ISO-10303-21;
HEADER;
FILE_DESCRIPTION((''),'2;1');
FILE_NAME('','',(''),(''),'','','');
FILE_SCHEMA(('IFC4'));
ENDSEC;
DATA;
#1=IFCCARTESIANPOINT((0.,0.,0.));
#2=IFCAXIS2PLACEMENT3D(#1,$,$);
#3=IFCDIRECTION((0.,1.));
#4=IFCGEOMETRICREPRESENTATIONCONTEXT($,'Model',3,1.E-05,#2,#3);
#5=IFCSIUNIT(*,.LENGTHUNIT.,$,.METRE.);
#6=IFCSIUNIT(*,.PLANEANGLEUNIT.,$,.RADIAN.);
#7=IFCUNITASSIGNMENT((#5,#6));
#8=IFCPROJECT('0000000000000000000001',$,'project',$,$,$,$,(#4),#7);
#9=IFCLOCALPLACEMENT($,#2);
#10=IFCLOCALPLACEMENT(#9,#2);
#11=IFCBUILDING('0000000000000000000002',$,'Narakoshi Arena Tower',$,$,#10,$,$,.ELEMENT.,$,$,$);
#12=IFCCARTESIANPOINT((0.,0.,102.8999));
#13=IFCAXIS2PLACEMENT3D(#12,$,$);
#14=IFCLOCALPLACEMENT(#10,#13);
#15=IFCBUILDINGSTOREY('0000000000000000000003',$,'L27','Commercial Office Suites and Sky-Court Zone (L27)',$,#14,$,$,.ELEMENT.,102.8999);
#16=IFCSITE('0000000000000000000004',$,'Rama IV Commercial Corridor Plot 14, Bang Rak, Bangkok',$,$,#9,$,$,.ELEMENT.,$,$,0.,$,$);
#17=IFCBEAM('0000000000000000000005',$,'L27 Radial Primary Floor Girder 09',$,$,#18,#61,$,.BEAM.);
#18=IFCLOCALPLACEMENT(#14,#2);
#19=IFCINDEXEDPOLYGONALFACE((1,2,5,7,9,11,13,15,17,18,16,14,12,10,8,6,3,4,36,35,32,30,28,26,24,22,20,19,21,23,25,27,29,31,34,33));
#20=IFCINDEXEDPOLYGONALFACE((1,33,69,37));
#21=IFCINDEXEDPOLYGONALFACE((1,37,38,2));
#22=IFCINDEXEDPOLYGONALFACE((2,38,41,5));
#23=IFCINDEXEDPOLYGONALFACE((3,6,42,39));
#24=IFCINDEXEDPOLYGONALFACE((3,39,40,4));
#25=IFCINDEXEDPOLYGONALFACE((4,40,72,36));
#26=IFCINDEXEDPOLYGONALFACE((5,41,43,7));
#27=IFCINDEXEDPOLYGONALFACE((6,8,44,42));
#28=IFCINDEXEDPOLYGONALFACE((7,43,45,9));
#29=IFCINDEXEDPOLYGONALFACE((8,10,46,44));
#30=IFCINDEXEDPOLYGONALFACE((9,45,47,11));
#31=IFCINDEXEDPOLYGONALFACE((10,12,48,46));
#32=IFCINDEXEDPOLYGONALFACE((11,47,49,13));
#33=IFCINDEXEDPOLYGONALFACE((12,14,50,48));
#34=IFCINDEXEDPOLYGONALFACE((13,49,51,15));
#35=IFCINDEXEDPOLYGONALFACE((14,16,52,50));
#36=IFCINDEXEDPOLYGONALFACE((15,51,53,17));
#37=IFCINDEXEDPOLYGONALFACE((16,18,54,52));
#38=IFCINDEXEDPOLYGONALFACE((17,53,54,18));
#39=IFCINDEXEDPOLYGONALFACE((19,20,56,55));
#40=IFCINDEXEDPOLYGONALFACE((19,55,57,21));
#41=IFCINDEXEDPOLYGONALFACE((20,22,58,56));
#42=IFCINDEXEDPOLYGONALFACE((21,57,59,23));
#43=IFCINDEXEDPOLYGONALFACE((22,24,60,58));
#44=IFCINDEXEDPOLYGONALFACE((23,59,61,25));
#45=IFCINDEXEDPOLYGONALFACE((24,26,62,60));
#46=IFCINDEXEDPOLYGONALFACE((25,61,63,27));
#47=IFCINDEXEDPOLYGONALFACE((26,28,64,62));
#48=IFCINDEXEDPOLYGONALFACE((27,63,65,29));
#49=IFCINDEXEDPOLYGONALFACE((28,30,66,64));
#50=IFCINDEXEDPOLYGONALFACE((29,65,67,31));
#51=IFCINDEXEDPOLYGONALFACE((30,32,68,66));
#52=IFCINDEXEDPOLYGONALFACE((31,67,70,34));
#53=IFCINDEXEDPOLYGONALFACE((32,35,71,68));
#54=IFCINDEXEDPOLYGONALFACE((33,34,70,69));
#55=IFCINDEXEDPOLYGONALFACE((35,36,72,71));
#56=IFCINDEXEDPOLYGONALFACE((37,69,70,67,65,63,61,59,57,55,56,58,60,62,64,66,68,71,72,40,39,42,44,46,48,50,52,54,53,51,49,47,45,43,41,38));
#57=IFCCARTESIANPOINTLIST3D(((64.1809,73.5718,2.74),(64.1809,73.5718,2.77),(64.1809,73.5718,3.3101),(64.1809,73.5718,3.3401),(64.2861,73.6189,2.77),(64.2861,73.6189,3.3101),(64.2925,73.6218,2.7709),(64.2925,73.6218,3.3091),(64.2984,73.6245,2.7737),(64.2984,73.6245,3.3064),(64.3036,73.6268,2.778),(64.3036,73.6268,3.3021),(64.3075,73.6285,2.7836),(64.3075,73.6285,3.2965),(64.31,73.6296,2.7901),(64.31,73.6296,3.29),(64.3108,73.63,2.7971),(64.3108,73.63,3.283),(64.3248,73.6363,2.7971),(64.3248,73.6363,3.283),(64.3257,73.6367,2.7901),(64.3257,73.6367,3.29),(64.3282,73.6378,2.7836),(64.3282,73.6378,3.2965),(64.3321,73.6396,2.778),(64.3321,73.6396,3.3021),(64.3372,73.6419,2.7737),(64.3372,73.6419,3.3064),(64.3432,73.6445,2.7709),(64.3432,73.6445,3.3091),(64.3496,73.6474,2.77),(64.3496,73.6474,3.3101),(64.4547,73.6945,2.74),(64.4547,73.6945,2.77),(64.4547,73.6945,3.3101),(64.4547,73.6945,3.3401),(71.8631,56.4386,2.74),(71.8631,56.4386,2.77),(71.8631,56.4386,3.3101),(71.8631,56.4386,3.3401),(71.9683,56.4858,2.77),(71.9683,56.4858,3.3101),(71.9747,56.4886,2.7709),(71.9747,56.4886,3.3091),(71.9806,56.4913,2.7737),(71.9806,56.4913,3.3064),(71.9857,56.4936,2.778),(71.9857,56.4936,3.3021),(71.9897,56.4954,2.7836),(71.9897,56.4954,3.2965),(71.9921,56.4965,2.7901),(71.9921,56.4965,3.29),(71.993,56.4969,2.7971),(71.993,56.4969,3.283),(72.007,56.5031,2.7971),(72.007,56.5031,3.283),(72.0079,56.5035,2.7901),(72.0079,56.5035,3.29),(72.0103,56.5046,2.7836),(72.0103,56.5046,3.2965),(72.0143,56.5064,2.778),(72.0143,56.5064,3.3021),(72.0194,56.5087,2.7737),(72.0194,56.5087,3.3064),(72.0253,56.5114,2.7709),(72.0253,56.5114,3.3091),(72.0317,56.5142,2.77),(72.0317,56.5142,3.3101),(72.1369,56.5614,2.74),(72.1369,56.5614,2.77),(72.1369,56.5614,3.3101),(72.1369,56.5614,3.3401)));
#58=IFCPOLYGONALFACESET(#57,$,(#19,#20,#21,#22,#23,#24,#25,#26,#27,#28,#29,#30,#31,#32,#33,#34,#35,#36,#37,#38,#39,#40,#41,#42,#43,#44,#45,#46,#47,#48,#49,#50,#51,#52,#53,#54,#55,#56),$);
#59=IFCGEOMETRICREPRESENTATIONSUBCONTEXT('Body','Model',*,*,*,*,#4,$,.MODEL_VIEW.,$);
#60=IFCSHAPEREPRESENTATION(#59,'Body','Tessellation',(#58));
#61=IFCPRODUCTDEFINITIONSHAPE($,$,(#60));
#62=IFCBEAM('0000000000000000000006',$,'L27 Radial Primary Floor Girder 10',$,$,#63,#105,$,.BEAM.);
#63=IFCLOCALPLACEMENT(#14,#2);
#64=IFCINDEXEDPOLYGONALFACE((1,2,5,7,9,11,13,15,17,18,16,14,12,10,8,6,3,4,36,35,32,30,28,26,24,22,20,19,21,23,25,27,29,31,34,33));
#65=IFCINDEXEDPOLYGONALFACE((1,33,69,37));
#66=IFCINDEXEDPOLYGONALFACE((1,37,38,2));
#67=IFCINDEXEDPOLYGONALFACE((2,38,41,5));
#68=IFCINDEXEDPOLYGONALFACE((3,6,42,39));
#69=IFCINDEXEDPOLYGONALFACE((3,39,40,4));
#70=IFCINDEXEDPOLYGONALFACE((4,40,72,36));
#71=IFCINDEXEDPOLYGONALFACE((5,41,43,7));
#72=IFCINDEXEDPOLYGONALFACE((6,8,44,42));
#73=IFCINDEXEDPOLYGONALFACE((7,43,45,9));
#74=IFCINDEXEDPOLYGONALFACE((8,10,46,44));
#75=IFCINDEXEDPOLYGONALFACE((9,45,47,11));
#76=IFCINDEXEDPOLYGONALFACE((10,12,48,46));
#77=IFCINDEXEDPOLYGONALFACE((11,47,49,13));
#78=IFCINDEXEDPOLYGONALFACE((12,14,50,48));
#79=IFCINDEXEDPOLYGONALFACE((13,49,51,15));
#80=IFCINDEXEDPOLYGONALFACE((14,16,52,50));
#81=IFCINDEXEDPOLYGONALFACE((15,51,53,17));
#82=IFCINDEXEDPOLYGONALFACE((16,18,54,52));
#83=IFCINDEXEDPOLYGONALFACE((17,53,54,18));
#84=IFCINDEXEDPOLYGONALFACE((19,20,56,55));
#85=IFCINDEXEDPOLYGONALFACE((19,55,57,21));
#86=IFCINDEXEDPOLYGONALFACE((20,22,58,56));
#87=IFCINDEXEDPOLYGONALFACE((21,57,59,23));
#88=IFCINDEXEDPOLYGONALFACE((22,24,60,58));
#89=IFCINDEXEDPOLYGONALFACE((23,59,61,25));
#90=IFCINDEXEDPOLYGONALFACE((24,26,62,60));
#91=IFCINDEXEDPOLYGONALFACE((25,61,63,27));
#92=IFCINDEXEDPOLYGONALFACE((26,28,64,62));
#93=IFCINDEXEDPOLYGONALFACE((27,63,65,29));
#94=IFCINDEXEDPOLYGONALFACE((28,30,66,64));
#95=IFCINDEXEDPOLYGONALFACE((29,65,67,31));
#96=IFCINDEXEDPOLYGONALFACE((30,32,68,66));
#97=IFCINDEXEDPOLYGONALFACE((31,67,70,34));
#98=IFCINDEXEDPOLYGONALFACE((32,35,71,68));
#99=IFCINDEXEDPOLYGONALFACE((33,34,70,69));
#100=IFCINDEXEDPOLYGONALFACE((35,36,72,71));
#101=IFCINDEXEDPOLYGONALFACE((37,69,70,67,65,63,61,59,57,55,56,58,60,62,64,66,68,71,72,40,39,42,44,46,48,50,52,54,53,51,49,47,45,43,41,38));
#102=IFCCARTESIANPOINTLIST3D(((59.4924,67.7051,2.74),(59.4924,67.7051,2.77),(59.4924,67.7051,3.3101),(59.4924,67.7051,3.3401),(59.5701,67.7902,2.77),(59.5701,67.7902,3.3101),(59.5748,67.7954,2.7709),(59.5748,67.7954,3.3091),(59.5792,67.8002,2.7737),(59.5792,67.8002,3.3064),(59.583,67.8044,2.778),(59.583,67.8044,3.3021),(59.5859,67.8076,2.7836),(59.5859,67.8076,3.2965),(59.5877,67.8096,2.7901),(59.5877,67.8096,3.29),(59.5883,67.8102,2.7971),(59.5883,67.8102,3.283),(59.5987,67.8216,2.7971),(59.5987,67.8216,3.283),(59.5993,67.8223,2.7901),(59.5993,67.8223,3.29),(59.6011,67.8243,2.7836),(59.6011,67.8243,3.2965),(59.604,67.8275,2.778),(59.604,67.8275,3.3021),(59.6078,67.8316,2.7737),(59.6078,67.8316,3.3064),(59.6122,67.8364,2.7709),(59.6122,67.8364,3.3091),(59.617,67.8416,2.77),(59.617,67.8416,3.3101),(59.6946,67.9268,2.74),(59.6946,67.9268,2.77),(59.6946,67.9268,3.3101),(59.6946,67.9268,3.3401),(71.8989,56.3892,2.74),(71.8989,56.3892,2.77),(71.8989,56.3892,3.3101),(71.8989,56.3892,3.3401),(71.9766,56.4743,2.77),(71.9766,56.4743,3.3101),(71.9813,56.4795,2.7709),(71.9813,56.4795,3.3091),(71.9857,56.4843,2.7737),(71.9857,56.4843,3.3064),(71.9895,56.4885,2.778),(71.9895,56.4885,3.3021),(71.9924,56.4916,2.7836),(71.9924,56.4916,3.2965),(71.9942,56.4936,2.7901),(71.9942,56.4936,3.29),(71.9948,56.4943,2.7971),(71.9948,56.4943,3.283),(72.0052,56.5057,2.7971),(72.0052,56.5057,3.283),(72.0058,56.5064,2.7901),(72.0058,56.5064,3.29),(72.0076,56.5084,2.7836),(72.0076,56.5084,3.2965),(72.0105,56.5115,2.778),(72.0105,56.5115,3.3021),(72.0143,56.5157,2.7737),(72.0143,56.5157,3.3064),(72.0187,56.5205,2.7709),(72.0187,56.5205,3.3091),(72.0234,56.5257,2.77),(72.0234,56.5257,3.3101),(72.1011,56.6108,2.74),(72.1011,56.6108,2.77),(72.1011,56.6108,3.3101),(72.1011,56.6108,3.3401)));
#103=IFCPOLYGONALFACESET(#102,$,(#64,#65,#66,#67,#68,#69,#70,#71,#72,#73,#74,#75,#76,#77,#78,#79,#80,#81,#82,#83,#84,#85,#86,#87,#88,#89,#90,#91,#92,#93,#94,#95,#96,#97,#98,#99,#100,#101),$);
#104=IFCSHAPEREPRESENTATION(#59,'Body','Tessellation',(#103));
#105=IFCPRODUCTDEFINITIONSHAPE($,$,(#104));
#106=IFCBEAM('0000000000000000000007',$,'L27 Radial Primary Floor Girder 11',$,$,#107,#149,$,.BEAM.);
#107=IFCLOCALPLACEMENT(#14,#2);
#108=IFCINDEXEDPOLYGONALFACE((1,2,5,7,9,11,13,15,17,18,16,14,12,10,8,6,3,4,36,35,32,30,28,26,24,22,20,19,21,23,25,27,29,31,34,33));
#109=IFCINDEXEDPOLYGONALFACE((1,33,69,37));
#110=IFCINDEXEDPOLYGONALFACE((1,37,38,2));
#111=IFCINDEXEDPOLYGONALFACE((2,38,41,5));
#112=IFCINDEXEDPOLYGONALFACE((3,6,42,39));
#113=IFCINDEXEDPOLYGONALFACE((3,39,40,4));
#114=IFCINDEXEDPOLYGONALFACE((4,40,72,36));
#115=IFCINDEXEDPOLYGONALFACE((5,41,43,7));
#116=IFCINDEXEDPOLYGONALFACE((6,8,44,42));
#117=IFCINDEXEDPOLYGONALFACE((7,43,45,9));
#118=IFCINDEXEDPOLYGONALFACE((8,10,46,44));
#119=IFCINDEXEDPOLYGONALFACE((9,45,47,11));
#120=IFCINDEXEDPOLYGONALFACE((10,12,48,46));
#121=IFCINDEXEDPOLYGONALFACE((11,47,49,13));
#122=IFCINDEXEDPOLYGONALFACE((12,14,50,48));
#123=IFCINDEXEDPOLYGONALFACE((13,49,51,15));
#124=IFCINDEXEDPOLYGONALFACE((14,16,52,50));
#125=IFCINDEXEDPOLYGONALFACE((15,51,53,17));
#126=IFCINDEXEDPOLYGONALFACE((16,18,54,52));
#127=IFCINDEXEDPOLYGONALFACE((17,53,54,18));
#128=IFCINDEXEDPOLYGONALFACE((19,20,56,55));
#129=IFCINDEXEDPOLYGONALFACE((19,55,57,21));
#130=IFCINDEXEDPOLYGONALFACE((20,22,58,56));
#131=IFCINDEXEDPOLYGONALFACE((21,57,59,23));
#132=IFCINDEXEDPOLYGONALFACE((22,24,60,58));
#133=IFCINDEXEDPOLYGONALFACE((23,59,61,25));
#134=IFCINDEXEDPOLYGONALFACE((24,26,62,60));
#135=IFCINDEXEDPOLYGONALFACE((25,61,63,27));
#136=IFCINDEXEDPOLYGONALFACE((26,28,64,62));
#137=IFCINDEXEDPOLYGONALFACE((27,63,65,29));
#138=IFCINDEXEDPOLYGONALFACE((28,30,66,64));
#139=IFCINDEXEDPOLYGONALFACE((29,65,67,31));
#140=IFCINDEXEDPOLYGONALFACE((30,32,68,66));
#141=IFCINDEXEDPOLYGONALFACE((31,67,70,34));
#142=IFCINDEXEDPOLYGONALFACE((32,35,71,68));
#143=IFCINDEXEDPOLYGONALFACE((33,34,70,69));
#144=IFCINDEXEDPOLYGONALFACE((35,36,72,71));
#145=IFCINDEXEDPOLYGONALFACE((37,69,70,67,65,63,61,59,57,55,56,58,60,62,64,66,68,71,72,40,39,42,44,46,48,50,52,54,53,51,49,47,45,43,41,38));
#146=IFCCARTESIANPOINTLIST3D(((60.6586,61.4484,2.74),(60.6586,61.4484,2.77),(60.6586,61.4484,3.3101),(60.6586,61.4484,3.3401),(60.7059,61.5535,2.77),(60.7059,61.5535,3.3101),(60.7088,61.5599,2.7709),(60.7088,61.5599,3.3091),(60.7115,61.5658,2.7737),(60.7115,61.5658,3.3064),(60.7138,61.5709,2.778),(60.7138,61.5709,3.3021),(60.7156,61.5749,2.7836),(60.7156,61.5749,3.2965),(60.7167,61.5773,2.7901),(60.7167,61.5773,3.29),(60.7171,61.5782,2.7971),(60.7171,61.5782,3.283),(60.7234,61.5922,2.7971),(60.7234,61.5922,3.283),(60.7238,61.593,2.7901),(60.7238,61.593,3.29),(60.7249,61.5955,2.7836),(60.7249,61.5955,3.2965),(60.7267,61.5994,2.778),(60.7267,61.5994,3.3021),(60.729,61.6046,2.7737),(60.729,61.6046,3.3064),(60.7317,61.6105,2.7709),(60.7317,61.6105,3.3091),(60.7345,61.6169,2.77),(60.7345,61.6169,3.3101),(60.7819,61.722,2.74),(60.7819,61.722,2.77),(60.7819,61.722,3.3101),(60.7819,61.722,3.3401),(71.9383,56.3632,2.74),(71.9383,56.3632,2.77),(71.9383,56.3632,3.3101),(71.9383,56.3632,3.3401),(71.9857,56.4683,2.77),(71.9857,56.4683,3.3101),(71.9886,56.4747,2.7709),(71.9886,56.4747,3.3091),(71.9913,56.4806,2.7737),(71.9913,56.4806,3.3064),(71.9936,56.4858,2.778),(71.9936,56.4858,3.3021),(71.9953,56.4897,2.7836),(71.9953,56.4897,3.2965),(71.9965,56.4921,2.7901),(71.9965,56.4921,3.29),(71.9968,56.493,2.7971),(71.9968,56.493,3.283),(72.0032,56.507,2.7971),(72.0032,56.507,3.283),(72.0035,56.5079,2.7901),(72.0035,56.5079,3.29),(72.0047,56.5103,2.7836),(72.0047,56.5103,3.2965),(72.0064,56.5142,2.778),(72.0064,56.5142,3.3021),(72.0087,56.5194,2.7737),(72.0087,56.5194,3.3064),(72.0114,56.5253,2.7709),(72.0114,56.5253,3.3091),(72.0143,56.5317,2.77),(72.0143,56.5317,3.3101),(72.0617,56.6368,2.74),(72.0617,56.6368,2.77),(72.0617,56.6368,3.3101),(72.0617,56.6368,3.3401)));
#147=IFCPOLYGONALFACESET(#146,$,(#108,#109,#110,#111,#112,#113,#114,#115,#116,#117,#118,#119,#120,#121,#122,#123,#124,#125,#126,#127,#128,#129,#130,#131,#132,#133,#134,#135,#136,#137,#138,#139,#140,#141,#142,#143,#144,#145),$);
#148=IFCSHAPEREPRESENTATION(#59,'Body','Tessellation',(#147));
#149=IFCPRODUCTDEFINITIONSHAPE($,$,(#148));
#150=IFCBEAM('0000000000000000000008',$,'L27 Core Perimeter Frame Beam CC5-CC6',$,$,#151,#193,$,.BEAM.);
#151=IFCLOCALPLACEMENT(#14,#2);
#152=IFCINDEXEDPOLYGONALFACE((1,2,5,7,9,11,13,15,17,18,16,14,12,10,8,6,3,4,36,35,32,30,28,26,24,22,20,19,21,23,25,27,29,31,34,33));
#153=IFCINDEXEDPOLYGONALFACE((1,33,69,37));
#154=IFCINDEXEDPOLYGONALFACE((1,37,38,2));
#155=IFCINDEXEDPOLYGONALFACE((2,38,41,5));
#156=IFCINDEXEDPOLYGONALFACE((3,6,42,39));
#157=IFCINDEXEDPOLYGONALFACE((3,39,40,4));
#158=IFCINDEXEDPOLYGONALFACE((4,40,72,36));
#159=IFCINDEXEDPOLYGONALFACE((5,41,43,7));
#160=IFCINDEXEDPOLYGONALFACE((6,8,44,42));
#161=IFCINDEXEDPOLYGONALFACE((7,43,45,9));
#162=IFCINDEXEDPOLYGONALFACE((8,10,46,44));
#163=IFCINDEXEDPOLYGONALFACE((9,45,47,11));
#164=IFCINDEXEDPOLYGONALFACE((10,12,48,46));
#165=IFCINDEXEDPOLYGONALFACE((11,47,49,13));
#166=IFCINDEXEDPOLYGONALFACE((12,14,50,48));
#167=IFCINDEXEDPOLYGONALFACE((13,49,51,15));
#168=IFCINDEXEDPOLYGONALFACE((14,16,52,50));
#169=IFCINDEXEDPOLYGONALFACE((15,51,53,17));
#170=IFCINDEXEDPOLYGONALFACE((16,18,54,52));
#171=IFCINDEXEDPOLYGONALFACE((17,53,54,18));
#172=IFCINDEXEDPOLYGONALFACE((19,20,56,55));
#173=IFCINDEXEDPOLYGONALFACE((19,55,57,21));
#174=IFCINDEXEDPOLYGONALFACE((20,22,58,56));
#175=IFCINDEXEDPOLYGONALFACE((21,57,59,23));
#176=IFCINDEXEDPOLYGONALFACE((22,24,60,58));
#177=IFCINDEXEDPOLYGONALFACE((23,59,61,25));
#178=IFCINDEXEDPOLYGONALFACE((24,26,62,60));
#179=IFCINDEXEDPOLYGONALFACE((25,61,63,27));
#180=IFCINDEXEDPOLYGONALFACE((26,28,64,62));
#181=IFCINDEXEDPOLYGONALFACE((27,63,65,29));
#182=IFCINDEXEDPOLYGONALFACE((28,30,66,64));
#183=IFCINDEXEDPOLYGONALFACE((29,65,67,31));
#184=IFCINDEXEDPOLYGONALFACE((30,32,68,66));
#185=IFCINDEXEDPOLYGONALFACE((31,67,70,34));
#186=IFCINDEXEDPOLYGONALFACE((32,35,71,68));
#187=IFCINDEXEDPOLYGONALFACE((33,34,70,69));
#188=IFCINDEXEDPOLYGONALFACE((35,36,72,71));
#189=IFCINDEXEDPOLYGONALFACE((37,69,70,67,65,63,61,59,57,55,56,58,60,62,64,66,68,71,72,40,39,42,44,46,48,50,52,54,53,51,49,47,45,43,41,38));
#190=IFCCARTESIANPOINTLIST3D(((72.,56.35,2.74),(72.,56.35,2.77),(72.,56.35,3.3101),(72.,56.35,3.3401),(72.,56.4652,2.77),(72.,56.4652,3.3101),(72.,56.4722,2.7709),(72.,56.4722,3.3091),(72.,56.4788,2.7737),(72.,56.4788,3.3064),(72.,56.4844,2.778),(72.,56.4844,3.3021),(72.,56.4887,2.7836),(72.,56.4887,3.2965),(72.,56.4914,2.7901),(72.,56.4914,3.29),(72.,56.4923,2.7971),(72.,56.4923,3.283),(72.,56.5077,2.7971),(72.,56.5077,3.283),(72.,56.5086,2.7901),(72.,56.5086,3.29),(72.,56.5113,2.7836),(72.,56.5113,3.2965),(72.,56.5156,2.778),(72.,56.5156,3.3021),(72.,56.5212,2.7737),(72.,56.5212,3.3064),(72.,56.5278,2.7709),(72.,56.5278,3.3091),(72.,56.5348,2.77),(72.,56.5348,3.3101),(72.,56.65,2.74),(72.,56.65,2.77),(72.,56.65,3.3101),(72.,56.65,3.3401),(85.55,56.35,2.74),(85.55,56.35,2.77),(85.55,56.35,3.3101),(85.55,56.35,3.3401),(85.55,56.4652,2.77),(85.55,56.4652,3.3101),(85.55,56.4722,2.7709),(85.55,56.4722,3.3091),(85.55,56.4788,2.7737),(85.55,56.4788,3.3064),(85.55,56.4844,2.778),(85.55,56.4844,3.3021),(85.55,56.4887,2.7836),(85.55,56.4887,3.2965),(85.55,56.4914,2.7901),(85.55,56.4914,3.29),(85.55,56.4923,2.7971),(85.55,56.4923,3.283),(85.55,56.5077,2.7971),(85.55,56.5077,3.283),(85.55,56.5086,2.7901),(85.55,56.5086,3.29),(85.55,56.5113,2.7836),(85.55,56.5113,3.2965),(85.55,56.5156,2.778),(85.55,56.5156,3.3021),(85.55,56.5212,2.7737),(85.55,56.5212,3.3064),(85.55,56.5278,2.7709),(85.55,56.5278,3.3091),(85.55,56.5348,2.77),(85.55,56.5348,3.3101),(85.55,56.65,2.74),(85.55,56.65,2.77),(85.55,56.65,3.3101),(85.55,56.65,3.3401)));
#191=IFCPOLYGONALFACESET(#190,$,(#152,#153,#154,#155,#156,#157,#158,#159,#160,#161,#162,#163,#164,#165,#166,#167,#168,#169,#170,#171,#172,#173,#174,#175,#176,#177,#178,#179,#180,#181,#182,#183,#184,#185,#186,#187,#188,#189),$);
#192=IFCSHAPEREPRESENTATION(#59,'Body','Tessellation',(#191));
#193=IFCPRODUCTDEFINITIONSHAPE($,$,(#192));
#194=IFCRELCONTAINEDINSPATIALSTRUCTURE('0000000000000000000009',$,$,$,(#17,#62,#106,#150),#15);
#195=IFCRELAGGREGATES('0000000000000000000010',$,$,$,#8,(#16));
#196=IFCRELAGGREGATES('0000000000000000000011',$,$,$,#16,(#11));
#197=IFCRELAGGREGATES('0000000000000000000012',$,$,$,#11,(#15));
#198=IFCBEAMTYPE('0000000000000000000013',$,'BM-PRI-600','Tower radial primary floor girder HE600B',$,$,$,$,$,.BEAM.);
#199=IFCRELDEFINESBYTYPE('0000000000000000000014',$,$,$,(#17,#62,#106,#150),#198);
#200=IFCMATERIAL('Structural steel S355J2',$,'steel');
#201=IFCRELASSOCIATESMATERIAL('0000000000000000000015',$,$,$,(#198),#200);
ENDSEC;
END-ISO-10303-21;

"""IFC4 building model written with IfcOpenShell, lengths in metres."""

from ifc_helpers import new_model, si_unit, direction, frame, origin, origin_2d, place, context, subcontext, project, spatial, i_section, extrude, material, material_profile, profile_set, type_object, element, save


model = new_model("IFC4")

# Units and contexts
model_context = context("Model", 3, precision=1e-05, world=origin(), true_north=direction((0.0, 1.0)))
body_context = subcontext(model_context, "Body", "Model", "MODEL_VIEW")
ifc_project = project(units=[si_unit("LENGTHUNIT", "METRE"), si_unit("PLANEANGLEUNIT", "RADIAN")], contexts=[model_context])

# Site, building, storey
site_placement = place(None, origin())
site = spatial("IfcSite", under=ifc_project, at=site_placement, Name="Rama IV Commercial Corridor Plot 14, Bang Rak, Bangkok", CompositionType="ELEMENT", RefElevation=0.0)
building_placement = place(site_placement, origin())
building = spatial("IfcBuilding", under=site, at=building_placement, Name="Narakoshi Arena Tower", CompositionType="ELEMENT")
storey_placement = place(building_placement, frame((0.0, 0.0, 102.8999)))
storey = spatial("IfcBuildingStorey", under=building, at=storey_placement, Name="L27", Description="Commercial Office Suites and Sky-Court Zone (L27)", CompositionType="ELEMENT", Elevation=102.8999)

# Beams
ifc_material_1 = material(Name="Structural steel S355J2", Category="steel")
ifc_material_profile_1 = material_profile(ifc_material_1, i_section(OverallWidth=0.3, OverallDepth=0.6001, WebThickness=0.0154, FlangeThickness=0.03, FilletRadius=0.0271, at=origin_2d()), Name="HE600B")
ifc_profile_set_1 = profile_set([ifc_material_profile_1], Name="Structural steel S355J2")
beam_type_1 = type_object("IfcBeamType", Name="BM-PRI-600", Description="Tower radial primary floor girder HE600B", PredefinedType="BEAM", material=ifc_profile_set_1)
beam_1_placement = place(storey_placement, frame((72.0, 56.5, 3.04), z_axis=(-0.409135, 0.912474, 0.0), x_axis=(-0.912474, -0.409135, 0.0)))
element("IfcBeam", 1, at=beam_1_placement, inside=storey, type_object=beam_type_1, Name="L27 Radial Primary Floor Girder 09", PredefinedType="BEAM", context=body_context, shape_type="SweptSolid", body=[
    extrude(i_section(OverallWidth=0.3, OverallDepth=0.6001, WebThickness=0.0154, FlangeThickness=0.03, FilletRadius=0.0271, at=origin_2d()), origin(), (0.0, 0.0, 1.0), 18.7766),
])
beam_2_placement = place(storey_placement, frame((72.0, 56.5, 3.04), z_axis=(-0.738834, 0.673888, 0.0), x_axis=(-0.673888, -0.738834, 0.0)))
element("IfcBeam", 2, at=beam_2_placement, inside=storey, type_object=beam_type_1, Name="L27 Radial Primary Floor Girder 10", PredefinedType="BEAM", context=body_context, shape_type="SweptSolid", body=[
    extrude(i_section(OverallWidth=0.3, OverallDepth=0.6001, WebThickness=0.0154, FlangeThickness=0.03, FilletRadius=0.0271, at=origin_2d()), origin(), (0.0, 0.0, 1.0), 16.792),
])
beam_3_placement = place(storey_placement, frame((72.0, 56.5, 3.04), z_axis=(-0.91164, 0.41099, 0.0), x_axis=(-0.41099, -0.91164, 0.0)))
element("IfcBeam", 3, at=beam_3_placement, inside=storey, type_object=beam_type_1, Name="L27 Radial Primary Floor Girder 11", PredefinedType="BEAM", context=body_context, shape_type="SweptSolid", body=[
    extrude(i_section(OverallWidth=0.3, OverallDepth=0.6001, WebThickness=0.0154, FlangeThickness=0.03, FilletRadius=0.0271, at=origin_2d()), origin(), (0.0, 0.0, 1.0), 12.373),
])
beam_4_placement = place(storey_placement, frame((72.0, 56.5, 3.04), z_axis=(1.0, 0.0, 0.0), x_axis=(0.0, 1.0, 0.0)))
element("IfcBeam", 4, at=beam_4_placement, inside=storey, type_object=beam_type_1, Name="L27 Core Perimeter Frame Beam CC5-CC6", PredefinedType="BEAM", context=body_context, shape_type="SweptSolid", body=[
    extrude(i_section(OverallWidth=0.3, OverallDepth=0.6001, WebThickness=0.0154, FlangeThickness=0.03, FilletRadius=0.0271, at=origin_2d()), origin(), (0.0, 0.0, 1.0), 13.55),
])

save(model, "model.ifc")
